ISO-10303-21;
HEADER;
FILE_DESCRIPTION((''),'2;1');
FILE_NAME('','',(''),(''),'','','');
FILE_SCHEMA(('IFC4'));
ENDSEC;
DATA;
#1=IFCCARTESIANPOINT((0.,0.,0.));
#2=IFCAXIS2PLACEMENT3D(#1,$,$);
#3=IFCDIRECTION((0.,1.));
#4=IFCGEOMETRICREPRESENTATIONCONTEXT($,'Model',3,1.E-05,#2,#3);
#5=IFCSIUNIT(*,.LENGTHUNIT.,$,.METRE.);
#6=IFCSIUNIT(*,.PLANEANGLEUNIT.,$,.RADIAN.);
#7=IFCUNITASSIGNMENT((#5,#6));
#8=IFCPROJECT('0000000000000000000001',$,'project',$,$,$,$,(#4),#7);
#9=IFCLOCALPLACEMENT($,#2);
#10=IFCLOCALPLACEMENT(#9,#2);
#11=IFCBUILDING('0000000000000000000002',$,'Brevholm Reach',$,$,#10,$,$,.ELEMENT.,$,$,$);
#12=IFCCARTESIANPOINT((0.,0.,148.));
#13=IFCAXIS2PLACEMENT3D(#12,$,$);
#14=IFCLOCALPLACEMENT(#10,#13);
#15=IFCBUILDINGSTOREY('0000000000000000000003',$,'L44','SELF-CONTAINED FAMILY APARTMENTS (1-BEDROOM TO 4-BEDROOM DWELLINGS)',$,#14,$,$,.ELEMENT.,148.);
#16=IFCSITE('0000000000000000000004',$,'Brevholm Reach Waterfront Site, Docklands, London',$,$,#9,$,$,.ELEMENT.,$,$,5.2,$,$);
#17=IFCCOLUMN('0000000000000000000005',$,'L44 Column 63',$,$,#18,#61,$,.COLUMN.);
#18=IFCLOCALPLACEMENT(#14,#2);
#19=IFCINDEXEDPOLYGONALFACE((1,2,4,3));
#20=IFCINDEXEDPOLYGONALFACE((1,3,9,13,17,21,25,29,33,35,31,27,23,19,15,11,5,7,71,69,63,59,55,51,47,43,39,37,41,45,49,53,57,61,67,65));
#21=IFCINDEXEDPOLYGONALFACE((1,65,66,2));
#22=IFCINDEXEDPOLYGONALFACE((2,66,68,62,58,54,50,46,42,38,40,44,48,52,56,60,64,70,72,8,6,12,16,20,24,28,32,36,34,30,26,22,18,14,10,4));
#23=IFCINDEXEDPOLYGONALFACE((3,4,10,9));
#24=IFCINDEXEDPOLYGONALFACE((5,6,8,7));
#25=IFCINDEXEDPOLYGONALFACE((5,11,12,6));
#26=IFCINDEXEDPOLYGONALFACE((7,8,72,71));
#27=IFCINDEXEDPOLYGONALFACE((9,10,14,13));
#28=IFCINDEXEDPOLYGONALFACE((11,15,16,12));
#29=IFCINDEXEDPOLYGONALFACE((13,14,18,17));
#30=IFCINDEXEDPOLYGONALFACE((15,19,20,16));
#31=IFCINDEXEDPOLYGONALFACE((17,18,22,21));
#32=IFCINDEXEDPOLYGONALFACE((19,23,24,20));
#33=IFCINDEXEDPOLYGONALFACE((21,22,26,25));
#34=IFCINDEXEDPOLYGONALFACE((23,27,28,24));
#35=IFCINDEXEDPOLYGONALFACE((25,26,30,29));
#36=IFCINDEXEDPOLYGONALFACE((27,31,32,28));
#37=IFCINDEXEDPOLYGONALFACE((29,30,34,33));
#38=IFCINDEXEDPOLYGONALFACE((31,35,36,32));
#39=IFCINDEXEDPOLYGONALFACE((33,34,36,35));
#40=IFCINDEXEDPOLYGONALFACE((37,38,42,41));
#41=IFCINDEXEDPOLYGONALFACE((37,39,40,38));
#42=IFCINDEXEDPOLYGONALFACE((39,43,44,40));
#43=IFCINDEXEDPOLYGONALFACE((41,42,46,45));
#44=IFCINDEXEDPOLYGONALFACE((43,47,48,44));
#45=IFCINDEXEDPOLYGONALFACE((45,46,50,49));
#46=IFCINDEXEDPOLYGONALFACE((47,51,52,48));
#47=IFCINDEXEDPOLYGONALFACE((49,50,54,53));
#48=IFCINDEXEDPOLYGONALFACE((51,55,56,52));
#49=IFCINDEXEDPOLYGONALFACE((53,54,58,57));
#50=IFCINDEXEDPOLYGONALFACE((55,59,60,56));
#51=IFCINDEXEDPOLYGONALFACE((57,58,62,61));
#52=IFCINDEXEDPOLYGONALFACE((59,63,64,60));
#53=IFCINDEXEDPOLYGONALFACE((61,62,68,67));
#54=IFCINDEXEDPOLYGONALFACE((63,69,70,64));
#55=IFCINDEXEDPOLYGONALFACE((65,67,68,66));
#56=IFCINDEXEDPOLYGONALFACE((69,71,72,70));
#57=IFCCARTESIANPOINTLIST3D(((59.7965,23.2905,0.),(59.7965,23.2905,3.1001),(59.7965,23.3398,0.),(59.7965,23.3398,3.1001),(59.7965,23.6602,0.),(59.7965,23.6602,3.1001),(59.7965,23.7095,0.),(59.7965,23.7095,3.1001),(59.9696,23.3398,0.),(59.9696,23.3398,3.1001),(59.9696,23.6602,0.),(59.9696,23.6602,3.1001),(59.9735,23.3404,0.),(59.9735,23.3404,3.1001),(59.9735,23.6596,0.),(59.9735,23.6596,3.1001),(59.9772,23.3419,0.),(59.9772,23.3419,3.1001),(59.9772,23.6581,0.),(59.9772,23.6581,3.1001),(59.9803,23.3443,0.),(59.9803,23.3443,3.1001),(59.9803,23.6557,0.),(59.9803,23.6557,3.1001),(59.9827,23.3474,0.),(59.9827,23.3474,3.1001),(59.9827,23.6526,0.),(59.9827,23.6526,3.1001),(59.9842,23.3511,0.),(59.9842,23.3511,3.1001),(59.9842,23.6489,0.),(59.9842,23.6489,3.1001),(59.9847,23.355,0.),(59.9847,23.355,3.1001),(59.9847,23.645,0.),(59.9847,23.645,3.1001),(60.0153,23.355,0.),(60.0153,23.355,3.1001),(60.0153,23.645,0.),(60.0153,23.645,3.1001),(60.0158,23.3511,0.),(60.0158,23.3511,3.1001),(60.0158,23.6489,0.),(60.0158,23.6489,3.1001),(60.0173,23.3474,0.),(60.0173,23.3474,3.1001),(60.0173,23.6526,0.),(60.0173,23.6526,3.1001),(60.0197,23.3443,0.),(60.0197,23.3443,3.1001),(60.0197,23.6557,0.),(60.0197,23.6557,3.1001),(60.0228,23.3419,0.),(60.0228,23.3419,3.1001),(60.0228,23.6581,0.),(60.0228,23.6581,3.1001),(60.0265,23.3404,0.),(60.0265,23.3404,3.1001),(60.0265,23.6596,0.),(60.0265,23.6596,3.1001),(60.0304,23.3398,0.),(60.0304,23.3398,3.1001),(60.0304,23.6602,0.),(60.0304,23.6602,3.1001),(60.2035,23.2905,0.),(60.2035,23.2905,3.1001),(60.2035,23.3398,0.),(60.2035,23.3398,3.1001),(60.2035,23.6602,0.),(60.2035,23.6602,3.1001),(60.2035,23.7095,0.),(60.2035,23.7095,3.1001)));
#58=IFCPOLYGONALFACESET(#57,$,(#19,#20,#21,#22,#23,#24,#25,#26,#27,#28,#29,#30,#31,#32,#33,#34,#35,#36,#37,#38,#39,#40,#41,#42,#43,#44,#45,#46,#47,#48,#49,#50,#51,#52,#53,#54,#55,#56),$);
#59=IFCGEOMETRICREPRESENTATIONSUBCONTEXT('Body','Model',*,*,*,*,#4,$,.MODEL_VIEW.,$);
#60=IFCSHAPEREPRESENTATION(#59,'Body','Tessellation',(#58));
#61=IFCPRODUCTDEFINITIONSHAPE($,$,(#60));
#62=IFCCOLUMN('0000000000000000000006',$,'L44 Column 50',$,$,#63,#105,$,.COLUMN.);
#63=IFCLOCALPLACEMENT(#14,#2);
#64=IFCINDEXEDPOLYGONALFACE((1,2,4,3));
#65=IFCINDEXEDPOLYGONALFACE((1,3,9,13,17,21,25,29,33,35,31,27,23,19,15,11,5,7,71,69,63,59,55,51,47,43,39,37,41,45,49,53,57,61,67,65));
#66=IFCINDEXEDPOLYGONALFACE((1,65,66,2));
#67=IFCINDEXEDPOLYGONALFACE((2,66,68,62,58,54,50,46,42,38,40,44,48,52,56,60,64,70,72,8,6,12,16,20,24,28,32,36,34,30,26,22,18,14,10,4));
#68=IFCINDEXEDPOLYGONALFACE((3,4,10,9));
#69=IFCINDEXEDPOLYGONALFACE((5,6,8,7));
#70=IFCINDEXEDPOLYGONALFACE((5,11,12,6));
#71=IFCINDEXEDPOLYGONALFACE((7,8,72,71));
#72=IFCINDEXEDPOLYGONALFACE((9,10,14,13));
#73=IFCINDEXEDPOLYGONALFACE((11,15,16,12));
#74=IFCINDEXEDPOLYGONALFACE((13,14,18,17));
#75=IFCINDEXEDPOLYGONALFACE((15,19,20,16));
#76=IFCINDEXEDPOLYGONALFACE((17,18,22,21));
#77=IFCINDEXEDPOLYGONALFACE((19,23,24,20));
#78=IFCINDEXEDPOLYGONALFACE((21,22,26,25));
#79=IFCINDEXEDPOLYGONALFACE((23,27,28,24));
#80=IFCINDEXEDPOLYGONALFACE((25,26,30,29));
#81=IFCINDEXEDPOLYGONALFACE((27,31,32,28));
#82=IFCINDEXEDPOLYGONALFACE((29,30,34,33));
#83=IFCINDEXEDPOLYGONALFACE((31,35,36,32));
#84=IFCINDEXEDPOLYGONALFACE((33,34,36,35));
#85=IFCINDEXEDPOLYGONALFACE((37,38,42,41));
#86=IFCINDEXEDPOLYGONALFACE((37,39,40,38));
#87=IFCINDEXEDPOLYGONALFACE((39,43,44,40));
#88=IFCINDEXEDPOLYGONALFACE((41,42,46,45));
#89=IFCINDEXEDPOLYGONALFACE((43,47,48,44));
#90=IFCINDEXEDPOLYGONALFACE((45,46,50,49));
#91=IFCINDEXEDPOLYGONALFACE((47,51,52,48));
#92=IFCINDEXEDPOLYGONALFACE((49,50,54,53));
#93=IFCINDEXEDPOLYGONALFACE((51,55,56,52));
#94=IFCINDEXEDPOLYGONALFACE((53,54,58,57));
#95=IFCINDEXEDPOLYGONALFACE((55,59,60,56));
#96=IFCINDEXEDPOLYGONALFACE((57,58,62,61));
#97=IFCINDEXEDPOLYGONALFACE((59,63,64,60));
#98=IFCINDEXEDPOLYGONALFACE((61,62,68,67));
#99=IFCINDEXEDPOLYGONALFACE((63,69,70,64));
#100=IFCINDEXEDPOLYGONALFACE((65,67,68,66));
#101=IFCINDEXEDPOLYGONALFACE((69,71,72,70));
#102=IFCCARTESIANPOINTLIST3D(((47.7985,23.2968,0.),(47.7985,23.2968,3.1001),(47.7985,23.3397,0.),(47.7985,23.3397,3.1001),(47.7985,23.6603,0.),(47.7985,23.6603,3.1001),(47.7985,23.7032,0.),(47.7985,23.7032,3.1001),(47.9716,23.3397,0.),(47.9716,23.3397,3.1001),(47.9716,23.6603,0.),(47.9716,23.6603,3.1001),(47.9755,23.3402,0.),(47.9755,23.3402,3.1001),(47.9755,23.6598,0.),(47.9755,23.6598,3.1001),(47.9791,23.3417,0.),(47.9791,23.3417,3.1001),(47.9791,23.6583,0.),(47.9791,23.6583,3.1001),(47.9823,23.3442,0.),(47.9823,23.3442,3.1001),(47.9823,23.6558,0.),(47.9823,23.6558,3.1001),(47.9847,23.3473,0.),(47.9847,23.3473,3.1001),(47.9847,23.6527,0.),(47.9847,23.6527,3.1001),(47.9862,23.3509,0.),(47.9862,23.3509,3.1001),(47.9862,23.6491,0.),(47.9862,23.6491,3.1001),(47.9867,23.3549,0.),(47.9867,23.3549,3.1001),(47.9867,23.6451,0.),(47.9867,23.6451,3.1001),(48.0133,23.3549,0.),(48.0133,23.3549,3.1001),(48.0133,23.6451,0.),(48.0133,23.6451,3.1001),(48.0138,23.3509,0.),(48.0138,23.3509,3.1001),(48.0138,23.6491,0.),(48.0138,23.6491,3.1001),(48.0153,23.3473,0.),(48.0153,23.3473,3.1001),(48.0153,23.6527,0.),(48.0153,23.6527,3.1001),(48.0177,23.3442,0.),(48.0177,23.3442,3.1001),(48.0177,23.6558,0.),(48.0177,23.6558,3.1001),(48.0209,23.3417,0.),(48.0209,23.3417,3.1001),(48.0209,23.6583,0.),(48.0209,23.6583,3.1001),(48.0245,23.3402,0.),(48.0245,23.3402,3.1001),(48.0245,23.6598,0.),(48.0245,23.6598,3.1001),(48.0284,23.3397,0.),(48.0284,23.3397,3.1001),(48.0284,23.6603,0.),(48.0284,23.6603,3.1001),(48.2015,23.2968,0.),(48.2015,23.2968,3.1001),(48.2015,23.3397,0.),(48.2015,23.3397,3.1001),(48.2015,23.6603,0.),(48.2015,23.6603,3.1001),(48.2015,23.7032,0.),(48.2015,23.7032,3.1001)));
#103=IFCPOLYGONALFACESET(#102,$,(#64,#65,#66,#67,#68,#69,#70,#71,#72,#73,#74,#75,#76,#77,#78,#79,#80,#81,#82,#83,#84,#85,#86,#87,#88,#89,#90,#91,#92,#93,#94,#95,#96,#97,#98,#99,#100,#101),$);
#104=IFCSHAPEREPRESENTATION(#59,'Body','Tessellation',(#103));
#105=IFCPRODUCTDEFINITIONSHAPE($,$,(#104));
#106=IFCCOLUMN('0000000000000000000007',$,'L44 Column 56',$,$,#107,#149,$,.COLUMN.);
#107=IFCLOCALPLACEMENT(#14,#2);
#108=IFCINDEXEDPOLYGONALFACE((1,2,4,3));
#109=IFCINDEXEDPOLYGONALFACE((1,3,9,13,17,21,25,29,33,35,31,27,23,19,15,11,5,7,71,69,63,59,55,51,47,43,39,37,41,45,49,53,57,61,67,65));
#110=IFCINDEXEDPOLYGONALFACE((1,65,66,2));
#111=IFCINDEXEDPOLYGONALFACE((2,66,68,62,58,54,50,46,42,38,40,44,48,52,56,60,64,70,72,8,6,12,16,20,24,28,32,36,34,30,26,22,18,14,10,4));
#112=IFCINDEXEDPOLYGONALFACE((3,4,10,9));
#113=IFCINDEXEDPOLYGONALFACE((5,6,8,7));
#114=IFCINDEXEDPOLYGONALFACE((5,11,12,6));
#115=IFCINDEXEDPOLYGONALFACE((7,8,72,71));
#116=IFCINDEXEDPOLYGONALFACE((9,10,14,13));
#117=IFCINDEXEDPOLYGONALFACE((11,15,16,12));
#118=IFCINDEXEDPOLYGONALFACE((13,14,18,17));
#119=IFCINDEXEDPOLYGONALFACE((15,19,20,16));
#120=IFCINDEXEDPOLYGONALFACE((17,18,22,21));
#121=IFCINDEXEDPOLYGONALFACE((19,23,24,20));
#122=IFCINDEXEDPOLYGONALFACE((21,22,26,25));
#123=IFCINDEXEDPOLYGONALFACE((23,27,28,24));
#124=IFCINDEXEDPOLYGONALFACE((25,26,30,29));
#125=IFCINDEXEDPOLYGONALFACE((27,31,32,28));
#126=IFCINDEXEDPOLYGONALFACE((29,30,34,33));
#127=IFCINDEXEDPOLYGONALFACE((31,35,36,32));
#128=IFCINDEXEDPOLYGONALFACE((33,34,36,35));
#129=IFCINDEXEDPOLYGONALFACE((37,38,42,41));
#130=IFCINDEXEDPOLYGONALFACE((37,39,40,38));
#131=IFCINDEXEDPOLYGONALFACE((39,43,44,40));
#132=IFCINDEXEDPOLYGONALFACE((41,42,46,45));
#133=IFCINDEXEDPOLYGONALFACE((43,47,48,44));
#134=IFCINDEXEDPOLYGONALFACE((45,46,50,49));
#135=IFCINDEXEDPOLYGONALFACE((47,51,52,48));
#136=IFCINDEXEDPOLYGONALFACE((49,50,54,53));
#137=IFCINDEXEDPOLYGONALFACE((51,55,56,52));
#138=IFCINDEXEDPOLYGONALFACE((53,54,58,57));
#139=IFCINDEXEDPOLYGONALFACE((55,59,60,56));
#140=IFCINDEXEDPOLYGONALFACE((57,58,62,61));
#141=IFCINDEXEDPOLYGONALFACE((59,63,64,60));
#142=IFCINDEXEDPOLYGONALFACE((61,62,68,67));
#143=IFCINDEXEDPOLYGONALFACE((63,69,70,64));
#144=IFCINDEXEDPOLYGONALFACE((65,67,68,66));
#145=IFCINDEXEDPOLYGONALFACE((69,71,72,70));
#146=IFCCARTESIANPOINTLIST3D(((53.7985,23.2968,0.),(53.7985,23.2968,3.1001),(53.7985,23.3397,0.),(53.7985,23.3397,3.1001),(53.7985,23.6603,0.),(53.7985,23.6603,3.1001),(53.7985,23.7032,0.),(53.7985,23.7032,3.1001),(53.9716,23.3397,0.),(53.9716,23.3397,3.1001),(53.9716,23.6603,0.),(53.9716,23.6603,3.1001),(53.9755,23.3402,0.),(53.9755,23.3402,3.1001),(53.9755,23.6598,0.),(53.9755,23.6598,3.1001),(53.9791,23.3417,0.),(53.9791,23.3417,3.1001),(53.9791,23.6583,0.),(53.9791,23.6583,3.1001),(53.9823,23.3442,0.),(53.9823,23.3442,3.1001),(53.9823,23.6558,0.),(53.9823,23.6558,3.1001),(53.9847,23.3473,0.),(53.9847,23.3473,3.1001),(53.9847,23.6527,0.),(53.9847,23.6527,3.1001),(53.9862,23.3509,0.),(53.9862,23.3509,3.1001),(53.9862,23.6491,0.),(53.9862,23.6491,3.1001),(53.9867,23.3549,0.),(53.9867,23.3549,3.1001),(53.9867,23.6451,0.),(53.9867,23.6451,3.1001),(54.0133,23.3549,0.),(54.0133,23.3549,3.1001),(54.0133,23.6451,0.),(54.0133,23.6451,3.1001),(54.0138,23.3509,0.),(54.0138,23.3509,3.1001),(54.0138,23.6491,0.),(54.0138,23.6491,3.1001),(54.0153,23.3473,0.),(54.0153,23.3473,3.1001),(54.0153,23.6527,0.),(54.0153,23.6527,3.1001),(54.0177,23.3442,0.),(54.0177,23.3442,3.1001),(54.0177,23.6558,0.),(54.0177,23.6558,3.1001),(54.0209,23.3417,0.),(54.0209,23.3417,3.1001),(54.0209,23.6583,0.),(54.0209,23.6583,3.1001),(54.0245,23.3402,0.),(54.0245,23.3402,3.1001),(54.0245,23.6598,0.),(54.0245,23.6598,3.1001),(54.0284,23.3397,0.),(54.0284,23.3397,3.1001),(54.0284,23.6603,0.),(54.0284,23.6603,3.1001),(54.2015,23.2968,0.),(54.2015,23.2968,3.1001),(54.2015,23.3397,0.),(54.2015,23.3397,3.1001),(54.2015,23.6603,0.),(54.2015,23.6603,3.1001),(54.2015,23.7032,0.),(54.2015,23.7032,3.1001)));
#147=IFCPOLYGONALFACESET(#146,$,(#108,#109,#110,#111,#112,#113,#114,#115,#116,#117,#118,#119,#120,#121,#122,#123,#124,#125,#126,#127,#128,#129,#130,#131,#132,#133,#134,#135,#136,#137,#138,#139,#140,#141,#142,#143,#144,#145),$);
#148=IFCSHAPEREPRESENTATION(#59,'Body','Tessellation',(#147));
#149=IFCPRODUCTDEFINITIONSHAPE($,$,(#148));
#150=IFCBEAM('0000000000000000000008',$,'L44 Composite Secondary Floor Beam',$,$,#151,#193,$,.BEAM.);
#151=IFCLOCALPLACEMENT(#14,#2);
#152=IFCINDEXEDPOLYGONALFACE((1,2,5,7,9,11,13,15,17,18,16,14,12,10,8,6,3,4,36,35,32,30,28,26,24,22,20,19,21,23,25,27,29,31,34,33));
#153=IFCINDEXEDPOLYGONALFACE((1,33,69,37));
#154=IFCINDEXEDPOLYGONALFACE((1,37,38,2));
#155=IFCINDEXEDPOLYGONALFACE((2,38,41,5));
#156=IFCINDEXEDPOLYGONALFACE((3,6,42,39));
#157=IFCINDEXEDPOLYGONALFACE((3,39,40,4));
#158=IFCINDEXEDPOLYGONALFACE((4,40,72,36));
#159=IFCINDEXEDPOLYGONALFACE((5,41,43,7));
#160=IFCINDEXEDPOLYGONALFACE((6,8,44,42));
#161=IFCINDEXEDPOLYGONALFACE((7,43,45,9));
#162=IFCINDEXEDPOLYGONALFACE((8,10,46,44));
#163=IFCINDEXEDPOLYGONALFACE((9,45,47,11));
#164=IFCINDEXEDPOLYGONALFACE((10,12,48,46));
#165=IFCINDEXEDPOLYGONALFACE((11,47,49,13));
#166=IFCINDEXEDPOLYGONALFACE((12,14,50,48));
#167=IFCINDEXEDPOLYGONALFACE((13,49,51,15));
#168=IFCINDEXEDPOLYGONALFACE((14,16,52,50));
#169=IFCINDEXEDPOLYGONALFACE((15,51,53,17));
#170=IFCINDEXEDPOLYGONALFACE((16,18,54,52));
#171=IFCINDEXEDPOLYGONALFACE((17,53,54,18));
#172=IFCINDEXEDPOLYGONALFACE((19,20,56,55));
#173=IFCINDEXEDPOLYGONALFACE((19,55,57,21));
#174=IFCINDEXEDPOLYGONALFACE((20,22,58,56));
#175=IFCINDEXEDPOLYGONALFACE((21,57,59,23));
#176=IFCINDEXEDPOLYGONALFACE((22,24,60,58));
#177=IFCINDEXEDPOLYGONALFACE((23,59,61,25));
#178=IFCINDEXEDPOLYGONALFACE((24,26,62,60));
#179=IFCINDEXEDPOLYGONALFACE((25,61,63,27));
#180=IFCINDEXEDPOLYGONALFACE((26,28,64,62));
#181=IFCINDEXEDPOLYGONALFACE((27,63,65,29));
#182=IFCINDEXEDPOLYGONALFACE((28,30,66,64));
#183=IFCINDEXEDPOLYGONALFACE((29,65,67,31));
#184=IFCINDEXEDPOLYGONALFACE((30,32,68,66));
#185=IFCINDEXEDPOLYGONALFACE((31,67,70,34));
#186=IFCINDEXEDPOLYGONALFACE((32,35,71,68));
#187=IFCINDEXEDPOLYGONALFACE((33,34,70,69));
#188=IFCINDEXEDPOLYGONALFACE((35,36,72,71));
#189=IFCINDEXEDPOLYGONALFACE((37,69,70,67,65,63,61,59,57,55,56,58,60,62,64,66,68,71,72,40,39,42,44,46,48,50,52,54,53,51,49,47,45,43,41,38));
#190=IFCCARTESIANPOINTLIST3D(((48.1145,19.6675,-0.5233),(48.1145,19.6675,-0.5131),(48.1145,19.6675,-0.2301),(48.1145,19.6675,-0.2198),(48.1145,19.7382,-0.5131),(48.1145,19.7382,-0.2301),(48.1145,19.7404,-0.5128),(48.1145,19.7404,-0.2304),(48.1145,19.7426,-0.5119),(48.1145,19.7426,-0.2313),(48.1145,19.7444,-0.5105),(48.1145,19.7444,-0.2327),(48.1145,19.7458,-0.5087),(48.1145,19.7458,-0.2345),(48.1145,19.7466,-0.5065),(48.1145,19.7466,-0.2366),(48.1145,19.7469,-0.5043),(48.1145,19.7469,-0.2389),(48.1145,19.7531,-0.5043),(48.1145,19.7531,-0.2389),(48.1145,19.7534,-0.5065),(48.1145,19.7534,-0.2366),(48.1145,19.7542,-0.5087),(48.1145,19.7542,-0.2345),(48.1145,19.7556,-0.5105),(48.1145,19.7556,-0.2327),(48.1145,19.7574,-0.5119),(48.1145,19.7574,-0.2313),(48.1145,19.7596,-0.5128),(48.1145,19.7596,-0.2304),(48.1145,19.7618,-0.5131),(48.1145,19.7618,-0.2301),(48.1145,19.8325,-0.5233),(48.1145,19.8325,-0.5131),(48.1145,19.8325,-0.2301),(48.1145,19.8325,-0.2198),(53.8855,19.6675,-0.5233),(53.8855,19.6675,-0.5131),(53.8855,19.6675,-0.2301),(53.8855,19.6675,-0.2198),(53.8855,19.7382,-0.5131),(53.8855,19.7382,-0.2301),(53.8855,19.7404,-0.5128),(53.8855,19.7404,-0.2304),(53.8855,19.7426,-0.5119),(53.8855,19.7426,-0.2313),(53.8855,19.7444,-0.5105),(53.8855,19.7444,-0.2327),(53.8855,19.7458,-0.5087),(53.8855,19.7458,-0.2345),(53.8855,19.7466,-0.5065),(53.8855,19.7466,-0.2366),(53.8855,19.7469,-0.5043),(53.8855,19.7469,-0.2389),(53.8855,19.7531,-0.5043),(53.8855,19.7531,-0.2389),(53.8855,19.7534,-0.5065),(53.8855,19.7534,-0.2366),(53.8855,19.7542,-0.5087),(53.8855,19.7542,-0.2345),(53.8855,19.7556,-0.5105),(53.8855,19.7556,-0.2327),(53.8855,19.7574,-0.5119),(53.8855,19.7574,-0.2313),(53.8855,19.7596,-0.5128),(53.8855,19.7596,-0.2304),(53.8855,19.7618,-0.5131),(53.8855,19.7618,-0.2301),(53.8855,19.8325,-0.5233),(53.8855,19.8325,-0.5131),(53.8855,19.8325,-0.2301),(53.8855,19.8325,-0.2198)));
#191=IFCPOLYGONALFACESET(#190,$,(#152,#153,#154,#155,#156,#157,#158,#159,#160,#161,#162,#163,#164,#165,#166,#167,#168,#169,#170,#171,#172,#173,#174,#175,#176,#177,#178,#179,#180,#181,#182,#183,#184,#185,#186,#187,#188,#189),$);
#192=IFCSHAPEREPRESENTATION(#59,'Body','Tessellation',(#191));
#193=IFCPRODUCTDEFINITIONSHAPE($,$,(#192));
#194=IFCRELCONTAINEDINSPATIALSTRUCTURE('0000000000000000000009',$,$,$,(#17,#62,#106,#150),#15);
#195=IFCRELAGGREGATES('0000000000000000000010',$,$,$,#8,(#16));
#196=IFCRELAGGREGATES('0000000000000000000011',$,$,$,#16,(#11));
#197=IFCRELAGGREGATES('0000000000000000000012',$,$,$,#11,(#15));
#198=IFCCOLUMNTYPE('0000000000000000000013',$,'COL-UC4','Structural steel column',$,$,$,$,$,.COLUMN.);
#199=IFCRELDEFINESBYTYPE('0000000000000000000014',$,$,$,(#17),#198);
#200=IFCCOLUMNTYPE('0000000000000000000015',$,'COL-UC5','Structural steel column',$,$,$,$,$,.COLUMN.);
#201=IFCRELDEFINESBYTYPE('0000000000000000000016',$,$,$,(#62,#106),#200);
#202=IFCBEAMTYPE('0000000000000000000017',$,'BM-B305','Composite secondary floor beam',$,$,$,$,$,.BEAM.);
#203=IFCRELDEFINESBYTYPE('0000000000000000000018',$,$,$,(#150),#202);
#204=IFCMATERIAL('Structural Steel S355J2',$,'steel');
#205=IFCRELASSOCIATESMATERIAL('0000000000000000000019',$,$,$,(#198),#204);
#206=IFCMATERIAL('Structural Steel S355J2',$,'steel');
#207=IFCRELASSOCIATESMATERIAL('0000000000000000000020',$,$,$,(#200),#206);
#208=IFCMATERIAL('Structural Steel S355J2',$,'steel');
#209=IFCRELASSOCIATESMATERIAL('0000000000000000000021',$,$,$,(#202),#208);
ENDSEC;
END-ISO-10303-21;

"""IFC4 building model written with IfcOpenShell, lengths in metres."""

from ifc_helpers import new_model, si_unit, direction, frame, origin, origin_2d, place, context, subcontext, project, spatial, i_section, extrude, material, material_profile, profile_set, type_object, element, save


model = new_model("IFC4")

# Units and contexts
model_context = context("Model", 3, precision=1e-05, world=origin(), true_north=direction((0.0, 1.0)))
body_context = subcontext(model_context, "Body", "Model", "MODEL_VIEW")
ifc_project = project(units=[si_unit("LENGTHUNIT", "METRE"), si_unit("PLANEANGLEUNIT", "RADIAN")], contexts=[model_context])

# Site, building, storey
site_placement = place(None, origin())
site = spatial("IfcSite", under=ifc_project, at=site_placement, Name="Brevholm Reach Waterfront Site, Docklands, London", CompositionType="ELEMENT", RefElevation=5.2)
building_placement = place(site_placement, origin())
building = spatial("IfcBuilding", under=site, at=building_placement, Name="Brevholm Reach", CompositionType="ELEMENT")
storey_placement = place(building_placement, frame((0.0, 0.0, 148.0)))
storey = spatial("IfcBuildingStorey", under=building, at=storey_placement, Name="L44", Description="SELF-CONTAINED FAMILY APARTMENTS (1-BEDROOM TO 4-BEDROOM DWELLINGS)", CompositionType="ELEMENT", Elevation=148.0)

# Columns
ifc_material_1 = material(Name="Structural Steel S355J2", Category="steel")
ifc_material_profile_1 = material_profile(ifc_material_1, i_section(OverallWidth=0.407, OverallDepth=0.4189, WebThickness=0.0305, FlangeThickness=0.0493, FilletRadius=0.0151, at=origin_2d()), Name="UKC 356x406x393")
ifc_profile_set_1 = profile_set([ifc_material_profile_1], Name="Structural Steel S355J2")
column_type_1 = type_object("IfcColumnType", Name="COL-UC4", Description="Structural steel column", PredefinedType="COLUMN", material=ifc_profile_set_1)
column_placement = place(storey_placement, frame((60.0, 23.5, 0.0), z_axis=(0.0, 0.0, 1.0), x_axis=(1.0, 0.0, 0.0)))
element("IfcColumn", 1, at=column_placement, inside=storey, type_object=column_type_1, Name="L44 Column 63", PredefinedType="COLUMN", context=body_context, shape_type="SweptSolid", body=[
    extrude(i_section(OverallWidth=0.407, OverallDepth=0.4189, WebThickness=0.0305, FlangeThickness=0.0493, FilletRadius=0.0151, at=origin_2d()), origin(), (0.0, 0.0, 1.0), 3.1001),
])
ifc_material_2 = material(Name="Structural Steel S355J2", Category="steel")
ifc_material_profile_2 = material_profile(ifc_material_2, i_section(OverallWidth=0.4031, OverallDepth=0.4065, WebThickness=0.0266, FlangeThickness=0.043, FilletRadius=0.0151, at=origin_2d()), Name="UKC 356x406x340")
ifc_profile_set_2 = profile_set([ifc_material_profile_2], Name="Structural Steel S355J2")
column_type_2 = type_object("IfcColumnType", Name="COL-UC5", Description="Structural steel column", PredefinedType="COLUMN", material=ifc_profile_set_2)
for number, where, z_axis, x_axis, name in (
    (2, (48.0, 23.5, 0.0), (0.0, 0.0, 1.0), (1.0, 0.0, 0.0), "L44 Column 50"),
    (3, (54.0, 23.5, 0.0), (0.0, 0.0, 1.0), (1.0, 0.0, 0.0), "L44 Column 56"),
):
    element("IfcColumn", number, at=place(storey_placement, frame(where, z_axis=z_axis, x_axis=x_axis)), inside=storey, type_object=column_type_2, Name=name, PredefinedType="COLUMN", context=body_context, shape_type="SweptSolid", body=[
        extrude(i_section(OverallWidth=0.4031, OverallDepth=0.4065, WebThickness=0.0266, FlangeThickness=0.043, FilletRadius=0.0151, at=origin_2d()), origin(), (0.0, 0.0, 1.0), 3.1001),
    ])

# Beam
ifc_material_3 = material(Name="Structural Steel S355J2", Category="steel")
ifc_material_profile_3 = material_profile(ifc_material_3, i_section(OverallWidth=0.165, OverallDepth=0.3035, WebThickness=0.0061, FlangeThickness=0.0103, FilletRadius=0.0088, at=origin_2d()), Name="UKB 305x165x40")
ifc_profile_set_3 = profile_set([ifc_material_profile_3], Name="Structural Steel S355J2")
beam_type_1 = type_object("IfcBeamType", Name="BM-B305", Description="Composite secondary floor beam", PredefinedType="BEAM", material=ifc_profile_set_3)
beam_1_placement = place(storey_placement, frame((48.1145, 19.75, -0.3716), z_axis=(1.0, 0.0, 0.0), x_axis=(0.0, 1.0, 0.0)))
element("IfcBeam", 4, at=beam_1_placement, inside=storey, type_object=beam_type_1, Name="L44 Composite Secondary Floor Beam", PredefinedType="BEAM", context=body_context, shape_type="SweptSolid", body=[
    extrude(i_section(OverallWidth=0.165, OverallDepth=0.3035, WebThickness=0.0061, FlangeThickness=0.0103, FilletRadius=0.0088, at=origin_2d()), origin(), (0.0, 0.0, 1.0), 5.771),
])

save(model, "model.ifc")
